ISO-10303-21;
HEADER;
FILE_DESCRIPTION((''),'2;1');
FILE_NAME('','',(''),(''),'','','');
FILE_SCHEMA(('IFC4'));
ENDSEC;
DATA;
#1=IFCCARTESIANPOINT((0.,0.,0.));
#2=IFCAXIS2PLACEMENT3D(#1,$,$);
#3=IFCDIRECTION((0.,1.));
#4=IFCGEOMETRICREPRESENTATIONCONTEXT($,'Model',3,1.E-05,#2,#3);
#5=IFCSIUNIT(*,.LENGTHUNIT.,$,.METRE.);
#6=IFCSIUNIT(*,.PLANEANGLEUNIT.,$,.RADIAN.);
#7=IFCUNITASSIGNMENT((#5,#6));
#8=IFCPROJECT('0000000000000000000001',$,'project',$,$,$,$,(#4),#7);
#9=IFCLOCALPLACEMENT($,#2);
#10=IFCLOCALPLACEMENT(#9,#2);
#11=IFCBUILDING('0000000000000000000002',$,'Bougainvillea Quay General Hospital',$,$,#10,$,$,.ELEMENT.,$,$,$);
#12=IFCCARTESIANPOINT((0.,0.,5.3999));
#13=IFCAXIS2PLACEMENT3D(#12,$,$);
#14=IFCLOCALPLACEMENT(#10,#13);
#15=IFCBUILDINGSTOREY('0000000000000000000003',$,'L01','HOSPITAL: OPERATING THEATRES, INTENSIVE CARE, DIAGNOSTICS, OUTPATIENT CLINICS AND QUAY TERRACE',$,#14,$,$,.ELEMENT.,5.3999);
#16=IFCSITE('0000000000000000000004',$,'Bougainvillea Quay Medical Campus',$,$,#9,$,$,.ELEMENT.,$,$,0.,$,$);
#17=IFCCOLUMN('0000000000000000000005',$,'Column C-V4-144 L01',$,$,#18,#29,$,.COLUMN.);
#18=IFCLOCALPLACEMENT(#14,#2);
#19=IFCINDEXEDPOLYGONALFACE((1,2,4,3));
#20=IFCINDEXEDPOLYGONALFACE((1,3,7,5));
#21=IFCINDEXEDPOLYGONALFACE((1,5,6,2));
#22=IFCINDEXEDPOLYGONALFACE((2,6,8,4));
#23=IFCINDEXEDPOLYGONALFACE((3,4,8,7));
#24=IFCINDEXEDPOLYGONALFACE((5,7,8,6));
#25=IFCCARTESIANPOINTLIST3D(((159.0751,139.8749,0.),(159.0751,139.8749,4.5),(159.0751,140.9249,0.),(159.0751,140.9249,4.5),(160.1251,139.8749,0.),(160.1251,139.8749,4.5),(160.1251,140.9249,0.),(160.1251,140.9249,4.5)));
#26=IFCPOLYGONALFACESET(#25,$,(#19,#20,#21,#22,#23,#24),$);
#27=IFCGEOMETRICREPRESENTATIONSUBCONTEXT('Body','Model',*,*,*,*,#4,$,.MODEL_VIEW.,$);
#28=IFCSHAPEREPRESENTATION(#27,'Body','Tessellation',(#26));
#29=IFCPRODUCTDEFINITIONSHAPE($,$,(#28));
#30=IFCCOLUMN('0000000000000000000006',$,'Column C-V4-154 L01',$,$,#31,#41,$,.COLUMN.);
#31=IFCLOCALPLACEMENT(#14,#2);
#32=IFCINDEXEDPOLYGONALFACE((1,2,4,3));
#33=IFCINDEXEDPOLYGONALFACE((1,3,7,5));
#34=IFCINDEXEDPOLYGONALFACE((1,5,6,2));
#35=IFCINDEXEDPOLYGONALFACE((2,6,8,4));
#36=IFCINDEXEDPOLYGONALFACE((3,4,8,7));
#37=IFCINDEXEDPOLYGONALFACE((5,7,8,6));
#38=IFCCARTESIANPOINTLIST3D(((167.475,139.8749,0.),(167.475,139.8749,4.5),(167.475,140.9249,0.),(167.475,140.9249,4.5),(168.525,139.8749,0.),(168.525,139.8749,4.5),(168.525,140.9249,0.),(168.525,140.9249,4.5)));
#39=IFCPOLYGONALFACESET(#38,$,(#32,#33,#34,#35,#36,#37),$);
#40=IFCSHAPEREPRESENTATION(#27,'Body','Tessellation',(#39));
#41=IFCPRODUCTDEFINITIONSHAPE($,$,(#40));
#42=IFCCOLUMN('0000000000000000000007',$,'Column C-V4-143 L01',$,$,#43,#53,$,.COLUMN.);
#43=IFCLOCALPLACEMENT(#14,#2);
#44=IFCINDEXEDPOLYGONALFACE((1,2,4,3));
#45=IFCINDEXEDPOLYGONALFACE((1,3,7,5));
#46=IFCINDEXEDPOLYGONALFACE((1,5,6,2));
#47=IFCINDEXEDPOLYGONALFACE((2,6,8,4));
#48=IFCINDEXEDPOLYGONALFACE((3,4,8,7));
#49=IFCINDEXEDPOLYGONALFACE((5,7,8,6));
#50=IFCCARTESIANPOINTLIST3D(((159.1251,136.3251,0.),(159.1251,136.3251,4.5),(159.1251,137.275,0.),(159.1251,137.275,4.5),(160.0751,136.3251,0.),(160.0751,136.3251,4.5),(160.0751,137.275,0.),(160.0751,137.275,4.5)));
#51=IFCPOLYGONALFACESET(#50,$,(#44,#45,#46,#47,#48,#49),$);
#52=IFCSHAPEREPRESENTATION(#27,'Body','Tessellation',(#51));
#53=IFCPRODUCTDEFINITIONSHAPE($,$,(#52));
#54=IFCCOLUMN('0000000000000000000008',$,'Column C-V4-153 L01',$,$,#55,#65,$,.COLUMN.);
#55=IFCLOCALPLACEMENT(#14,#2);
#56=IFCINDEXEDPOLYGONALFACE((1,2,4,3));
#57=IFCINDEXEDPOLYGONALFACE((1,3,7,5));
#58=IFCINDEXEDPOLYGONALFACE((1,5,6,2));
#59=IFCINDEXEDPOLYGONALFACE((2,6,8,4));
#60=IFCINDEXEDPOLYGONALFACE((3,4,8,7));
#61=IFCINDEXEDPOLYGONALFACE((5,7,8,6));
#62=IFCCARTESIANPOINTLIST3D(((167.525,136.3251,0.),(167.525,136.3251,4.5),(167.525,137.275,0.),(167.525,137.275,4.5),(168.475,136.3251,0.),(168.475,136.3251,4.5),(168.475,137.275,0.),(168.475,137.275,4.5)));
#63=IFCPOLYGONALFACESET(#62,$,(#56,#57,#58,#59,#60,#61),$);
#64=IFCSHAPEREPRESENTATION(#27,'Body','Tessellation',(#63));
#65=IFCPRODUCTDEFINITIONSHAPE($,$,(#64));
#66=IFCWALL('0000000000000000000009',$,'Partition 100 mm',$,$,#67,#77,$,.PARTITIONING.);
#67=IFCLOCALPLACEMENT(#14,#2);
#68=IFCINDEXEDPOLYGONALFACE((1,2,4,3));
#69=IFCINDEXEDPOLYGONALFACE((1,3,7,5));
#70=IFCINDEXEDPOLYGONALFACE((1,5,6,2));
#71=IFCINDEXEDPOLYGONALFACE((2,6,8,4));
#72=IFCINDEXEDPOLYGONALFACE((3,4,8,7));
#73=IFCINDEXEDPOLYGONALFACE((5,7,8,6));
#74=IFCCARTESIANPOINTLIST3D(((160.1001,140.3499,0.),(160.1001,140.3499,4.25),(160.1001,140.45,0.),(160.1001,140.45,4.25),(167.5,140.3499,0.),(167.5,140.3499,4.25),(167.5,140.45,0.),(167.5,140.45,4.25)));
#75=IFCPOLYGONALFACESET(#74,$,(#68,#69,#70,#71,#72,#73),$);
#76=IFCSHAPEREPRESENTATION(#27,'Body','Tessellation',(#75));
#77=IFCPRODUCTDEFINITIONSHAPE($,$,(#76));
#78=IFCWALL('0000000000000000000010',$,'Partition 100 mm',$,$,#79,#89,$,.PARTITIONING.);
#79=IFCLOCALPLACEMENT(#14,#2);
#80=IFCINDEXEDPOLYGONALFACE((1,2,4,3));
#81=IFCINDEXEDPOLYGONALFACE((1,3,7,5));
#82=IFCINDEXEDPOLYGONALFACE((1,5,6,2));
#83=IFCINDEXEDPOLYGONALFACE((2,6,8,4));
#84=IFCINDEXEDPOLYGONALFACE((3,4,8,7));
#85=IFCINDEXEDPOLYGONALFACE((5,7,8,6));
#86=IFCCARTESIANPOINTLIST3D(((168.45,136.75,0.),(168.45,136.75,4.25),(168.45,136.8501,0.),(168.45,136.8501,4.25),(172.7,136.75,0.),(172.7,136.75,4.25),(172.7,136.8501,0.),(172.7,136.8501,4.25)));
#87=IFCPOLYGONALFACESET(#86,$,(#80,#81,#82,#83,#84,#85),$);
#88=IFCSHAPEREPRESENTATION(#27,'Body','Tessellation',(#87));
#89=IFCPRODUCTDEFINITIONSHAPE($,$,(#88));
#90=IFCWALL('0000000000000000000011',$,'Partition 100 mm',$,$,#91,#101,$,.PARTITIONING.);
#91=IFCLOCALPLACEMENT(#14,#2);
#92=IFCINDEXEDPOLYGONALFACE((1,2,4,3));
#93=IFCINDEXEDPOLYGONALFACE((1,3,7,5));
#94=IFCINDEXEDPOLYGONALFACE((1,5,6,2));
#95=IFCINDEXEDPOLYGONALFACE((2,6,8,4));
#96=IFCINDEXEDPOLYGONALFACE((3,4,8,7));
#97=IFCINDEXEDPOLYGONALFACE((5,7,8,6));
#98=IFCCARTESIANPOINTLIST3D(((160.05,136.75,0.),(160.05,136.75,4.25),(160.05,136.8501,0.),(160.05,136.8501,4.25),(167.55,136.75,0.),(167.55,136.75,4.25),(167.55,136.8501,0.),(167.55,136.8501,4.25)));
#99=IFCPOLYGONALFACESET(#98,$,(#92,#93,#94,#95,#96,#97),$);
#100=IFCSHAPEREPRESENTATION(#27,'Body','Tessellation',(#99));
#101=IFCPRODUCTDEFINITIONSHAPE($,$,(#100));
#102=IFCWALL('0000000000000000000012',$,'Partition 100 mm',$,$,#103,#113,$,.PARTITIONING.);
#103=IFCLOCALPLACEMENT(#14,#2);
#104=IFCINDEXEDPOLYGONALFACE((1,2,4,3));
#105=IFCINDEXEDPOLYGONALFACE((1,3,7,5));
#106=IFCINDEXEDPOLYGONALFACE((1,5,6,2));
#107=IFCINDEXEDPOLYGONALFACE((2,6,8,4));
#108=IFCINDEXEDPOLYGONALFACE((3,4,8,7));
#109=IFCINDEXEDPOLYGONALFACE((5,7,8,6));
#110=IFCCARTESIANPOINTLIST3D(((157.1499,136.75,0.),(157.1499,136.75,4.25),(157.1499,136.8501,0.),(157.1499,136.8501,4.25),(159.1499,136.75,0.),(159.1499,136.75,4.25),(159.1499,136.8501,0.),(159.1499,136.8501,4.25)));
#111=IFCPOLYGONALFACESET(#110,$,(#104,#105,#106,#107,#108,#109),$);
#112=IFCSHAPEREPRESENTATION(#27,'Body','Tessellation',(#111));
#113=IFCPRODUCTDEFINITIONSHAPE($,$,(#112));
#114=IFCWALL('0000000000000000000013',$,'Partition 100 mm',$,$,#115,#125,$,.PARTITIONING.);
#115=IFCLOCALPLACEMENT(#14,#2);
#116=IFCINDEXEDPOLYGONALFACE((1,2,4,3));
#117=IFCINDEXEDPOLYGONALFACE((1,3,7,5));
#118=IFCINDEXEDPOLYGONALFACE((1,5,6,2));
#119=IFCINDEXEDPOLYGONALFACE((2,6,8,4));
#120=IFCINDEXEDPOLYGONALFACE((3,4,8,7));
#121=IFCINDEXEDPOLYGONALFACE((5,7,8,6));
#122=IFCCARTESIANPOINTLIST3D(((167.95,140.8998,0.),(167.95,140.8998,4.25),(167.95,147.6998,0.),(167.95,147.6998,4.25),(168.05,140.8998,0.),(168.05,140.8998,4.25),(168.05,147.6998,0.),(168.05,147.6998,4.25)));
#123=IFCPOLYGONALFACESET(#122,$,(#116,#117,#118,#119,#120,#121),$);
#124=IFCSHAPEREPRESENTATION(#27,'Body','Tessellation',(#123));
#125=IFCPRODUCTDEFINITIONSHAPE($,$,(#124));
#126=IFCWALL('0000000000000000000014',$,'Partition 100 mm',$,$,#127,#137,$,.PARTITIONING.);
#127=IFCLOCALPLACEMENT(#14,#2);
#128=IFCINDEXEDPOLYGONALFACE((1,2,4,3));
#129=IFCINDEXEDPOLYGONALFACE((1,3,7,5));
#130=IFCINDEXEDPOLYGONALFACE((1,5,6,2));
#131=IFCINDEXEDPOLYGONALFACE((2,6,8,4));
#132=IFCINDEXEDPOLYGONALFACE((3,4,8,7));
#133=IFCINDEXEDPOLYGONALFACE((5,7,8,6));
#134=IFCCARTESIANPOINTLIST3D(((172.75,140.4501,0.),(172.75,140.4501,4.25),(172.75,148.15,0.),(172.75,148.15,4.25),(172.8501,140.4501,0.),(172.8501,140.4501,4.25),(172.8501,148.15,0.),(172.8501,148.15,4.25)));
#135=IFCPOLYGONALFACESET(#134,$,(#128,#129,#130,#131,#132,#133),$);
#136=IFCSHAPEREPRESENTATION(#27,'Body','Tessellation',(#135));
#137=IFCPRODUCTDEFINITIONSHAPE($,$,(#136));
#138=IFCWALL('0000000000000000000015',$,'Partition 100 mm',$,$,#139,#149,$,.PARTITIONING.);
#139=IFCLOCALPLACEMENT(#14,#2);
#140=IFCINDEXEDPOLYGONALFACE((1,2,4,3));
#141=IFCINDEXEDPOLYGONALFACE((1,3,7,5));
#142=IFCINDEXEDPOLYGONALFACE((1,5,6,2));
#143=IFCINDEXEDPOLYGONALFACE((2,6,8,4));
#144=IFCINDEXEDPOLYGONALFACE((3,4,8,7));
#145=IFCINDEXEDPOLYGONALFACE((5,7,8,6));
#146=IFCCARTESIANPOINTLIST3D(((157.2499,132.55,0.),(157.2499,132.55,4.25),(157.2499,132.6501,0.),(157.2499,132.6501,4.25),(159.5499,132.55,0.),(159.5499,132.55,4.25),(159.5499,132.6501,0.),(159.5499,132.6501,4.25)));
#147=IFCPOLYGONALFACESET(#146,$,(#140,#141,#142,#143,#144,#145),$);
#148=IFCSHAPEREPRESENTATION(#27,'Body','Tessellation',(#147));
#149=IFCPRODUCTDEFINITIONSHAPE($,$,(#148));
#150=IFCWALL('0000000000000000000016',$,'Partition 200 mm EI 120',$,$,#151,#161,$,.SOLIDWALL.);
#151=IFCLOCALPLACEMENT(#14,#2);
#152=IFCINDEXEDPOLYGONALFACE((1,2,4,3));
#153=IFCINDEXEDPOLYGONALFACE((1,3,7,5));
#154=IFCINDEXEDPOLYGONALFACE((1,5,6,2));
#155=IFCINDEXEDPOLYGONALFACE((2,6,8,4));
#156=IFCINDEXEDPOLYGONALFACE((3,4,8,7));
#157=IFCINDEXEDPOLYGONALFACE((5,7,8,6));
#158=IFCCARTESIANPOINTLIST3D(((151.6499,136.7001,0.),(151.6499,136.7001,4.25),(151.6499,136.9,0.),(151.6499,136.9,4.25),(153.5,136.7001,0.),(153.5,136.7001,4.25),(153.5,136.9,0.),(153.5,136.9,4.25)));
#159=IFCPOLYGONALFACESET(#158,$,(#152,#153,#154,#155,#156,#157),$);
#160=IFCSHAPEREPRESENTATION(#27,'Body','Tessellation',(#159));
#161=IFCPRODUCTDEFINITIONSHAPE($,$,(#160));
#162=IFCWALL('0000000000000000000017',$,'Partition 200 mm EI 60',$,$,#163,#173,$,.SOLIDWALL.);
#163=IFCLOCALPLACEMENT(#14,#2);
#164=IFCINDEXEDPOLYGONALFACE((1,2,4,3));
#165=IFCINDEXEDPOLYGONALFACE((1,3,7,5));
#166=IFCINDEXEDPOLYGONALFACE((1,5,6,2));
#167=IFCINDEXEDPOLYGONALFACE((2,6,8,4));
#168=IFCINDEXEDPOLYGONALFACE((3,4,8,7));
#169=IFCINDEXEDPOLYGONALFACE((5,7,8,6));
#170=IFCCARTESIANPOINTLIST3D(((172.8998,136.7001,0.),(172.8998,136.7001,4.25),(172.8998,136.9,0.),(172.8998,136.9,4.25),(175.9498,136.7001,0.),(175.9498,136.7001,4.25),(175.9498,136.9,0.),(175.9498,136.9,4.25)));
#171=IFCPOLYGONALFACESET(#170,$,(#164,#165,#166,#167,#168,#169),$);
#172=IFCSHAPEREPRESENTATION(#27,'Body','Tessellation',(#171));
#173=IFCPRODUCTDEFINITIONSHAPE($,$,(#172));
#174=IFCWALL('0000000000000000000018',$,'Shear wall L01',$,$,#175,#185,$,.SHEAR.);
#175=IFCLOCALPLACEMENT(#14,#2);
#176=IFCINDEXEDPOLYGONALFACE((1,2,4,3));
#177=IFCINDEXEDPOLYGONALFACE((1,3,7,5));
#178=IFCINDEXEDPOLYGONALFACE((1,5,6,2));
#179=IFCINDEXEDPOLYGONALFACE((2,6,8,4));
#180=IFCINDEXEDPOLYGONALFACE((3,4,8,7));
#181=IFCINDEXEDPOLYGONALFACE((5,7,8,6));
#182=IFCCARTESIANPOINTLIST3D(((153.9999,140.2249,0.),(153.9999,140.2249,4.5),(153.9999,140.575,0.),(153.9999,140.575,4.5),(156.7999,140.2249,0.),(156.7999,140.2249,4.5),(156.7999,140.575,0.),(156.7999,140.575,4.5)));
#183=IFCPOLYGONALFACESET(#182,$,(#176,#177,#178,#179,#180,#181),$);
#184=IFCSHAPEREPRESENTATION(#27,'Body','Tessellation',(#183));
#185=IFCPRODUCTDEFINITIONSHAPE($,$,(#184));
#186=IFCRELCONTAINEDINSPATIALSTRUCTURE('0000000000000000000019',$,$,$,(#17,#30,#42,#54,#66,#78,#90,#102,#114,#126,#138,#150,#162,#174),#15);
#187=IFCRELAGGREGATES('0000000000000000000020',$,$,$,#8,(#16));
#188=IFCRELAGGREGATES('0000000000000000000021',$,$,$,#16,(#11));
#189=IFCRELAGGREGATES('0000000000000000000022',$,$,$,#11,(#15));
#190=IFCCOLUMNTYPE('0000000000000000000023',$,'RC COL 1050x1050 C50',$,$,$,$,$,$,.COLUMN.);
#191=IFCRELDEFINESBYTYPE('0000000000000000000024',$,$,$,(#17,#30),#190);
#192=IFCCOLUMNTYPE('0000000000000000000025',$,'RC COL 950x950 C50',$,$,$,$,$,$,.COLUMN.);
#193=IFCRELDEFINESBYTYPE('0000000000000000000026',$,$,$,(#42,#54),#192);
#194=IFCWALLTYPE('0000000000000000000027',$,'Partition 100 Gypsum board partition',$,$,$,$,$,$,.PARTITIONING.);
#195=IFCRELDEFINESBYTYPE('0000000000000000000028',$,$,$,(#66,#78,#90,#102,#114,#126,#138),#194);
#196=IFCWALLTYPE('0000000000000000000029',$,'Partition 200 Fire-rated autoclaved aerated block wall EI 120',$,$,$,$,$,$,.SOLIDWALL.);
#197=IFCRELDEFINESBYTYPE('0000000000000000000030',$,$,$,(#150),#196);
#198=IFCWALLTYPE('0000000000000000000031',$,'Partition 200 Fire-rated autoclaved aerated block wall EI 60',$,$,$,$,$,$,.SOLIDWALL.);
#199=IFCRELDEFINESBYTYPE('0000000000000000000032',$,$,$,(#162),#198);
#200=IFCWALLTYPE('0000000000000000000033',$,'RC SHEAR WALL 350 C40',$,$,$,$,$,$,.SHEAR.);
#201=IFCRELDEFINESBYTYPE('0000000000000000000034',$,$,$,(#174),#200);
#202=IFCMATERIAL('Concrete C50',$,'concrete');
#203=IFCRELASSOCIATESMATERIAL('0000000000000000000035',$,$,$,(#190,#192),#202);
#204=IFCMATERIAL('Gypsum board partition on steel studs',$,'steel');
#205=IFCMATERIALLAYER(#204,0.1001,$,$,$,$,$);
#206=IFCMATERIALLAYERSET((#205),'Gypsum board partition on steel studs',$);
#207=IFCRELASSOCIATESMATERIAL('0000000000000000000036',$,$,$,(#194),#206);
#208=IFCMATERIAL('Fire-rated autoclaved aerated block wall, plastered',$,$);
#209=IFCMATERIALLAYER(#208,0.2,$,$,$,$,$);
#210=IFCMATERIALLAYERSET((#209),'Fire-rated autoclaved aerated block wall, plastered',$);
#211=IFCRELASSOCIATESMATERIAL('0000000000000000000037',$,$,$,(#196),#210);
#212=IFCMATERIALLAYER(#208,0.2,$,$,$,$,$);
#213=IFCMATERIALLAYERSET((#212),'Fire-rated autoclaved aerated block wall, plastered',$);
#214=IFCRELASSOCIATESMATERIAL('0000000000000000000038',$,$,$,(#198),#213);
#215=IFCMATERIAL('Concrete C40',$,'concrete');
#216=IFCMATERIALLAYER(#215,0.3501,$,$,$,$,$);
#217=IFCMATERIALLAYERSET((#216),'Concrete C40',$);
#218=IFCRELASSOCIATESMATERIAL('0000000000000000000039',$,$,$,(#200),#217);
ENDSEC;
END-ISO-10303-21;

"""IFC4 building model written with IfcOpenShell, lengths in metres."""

from ifc_helpers import new_model, si_unit, direction, frame, frame_2d, origin, origin_2d, place, context, subcontext, project, spatial, rectangle, extrude, material, layer, layer_set, material_profile, profile_set, type_object, element, save


model = new_model("IFC4")

# Units and contexts
model_context = context("Model", 3, precision=1e-05, world=origin(), true_north=direction((0.0, 1.0)))
body_context = subcontext(model_context, "Body", "Model", "MODEL_VIEW")
ifc_project = project(units=[si_unit("LENGTHUNIT", "METRE"), si_unit("PLANEANGLEUNIT", "RADIAN")], contexts=[model_context])

# Site, building, storey
site_placement = place(None, origin())
site = spatial("IfcSite", under=ifc_project, at=site_placement, Name="Bougainvillea Quay Medical Campus", CompositionType="ELEMENT", RefElevation=0.0)
building_placement = place(site_placement, origin())
building = spatial("IfcBuilding", under=site, at=building_placement, Name="Bougainvillea Quay General Hospital", CompositionType="ELEMENT")
storey_placement = place(building_placement, frame((0.0, 0.0, 5.3999)))
storey = spatial("IfcBuildingStorey", under=building, at=storey_placement, Name="L01", Description="HOSPITAL: OPERATING THEATRES, INTENSIVE CARE, DIAGNOSTICS, OUTPATIENT CLINICS AND QUAY TERRACE", CompositionType="ELEMENT", Elevation=5.3999)

# Columns
ifc_material_1 = material(Name="Concrete C50", Category="concrete")
ifc_material_profile_1 = material_profile(ifc_material_1, rectangle(XDim=1.05, YDim=1.05, at=origin_2d()))
ifc_profile_set_1 = profile_set([ifc_material_profile_1], Name="Concrete C50")
column_type_1 = type_object("IfcColumnType", Name="RC COL 1050x1050 C50", PredefinedType="COLUMN", material=ifc_profile_set_1)
for number, where, z_axis, x_axis, name in (
    (1, (159.6001, 140.3999, 0.0), (0.0, 0.0, 1.0), (1.0, 0.0, 0.0), "Column C-V4-144 L01"),
    (2, (168.0, 140.3999, 0.0), (0.0, 0.0, 1.0), (1.0, 0.0, 0.0), "Column C-V4-154 L01"),
):
    element("IfcColumn", number, at=place(storey_placement, frame(where, z_axis=z_axis, x_axis=x_axis)), inside=storey, type_object=column_type_1, Name=name, PredefinedType="COLUMN", context=body_context, shape_type="SweptSolid", body=[
        extrude(rectangle(XDim=1.05, YDim=1.05, at=origin_2d()), origin(), (0.0, 0.0, 1.0), 4.5),
    ])
ifc_material_profile_2 = material_profile(ifc_material_1, rectangle(XDim=0.95, YDim=0.95, at=origin_2d()))
ifc_profile_set_2 = profile_set([ifc_material_profile_2], Name="Concrete C50")
column_type_2 = type_object("IfcColumnType", Name="RC COL 950x950 C50", PredefinedType="COLUMN", material=ifc_profile_set_2)
for number, where, z_axis, x_axis, name in (
    (3, (159.6001, 136.8, 0.0), (0.0, 0.0, 1.0), (1.0, 0.0, 0.0), "Column C-V4-143 L01"),
    (4, (168.0, 136.8, 0.0), (0.0, 0.0, 1.0), (1.0, 0.0, 0.0), "Column C-V4-153 L01"),
):
    element("IfcColumn", number, at=place(storey_placement, frame(where, z_axis=z_axis, x_axis=x_axis)), inside=storey, type_object=column_type_2, Name=name, PredefinedType="COLUMN", context=body_context, shape_type="SweptSolid", body=[
        extrude(rectangle(XDim=0.95, YDim=0.95, at=origin_2d()), origin(), (0.0, 0.0, 1.0), 4.5),
    ])

# Walls
ifc_material_2 = material(Name="Gypsum board partition on steel studs", Category="steel")
ifc_layer_1 = layer(ifc_material_2, 0.1001)
ifc_layer_set_1 = layer_set([ifc_layer_1], Name="Gypsum board partition on steel studs")
wall_type_1 = type_object("IfcWallType", Name="Partition 100 Gypsum board partition", PredefinedType="PARTITIONING", material=ifc_layer_set_1)
wall_1_placement = place(storey_placement, frame((167.5, 140.3999, 0.0), z_axis=(0.0, 0.0, 1.0), x_axis=(-1.0, 0.0, 0.0)))
element("IfcWall", 5, at=wall_1_placement, inside=storey, type_object=wall_type_1, Name="Partition 100 mm", PredefinedType="PARTITIONING", context=body_context, shape_type="SweptSolid", body=[
    extrude(rectangle(XDim=7.3999, YDim=0.1001, at=frame_2d((3.7, 0.0))), origin(), (0.0, 0.0, 1.0), 4.25),
])
wall_2_placement = place(storey_placement, frame((172.7, 136.8, 0.0), z_axis=(0.0, 0.0, 1.0), x_axis=(-1.0, 0.0, 0.0)))
element("IfcWall", 6, at=wall_2_placement, inside=storey, type_object=wall_type_1, Name="Partition 100 mm", PredefinedType="PARTITIONING", context=body_context, shape_type="SweptSolid", body=[
    extrude(rectangle(XDim=4.25, YDim=0.1001, at=frame_2d((2.125, 0.0))), origin(), (0.0, 0.0, 1.0), 4.25),
])
wall_3_placement = place(storey_placement, frame((167.55, 136.8, 0.0), z_axis=(0.0, 0.0, 1.0), x_axis=(-1.0, 0.0, 0.0)))
element("IfcWall", 7, at=wall_3_placement, inside=storey, type_object=wall_type_1, Name="Partition 100 mm", PredefinedType="PARTITIONING", context=body_context, shape_type="SweptSolid", body=[
    extrude(rectangle(XDim=7.5, YDim=0.1001, at=frame_2d((3.75, 0.0))), origin(), (0.0, 0.0, 1.0), 4.25),
])
wall_4_placement = place(storey_placement, frame((159.1499, 136.8, 0.0), z_axis=(0.0, 0.0, 1.0), x_axis=(-1.0, 0.0, 0.0)))
element("IfcWall", 8, at=wall_4_placement, inside=storey, type_object=wall_type_1, Name="Partition 100 mm", PredefinedType="PARTITIONING", context=body_context, shape_type="SweptSolid", body=[
    extrude(rectangle(XDim=2.0, YDim=0.1001, at=frame_2d((1.0, 0.0))), origin(), (0.0, 0.0, 1.0), 4.25),
])
wall_5_placement = place(storey_placement, frame((168.0, 140.8999, 0.0), z_axis=(0.0, 0.0, 1.0), x_axis=(0.0, 1.0, 0.0)))
element("IfcWall", 9, at=wall_5_placement, inside=storey, type_object=wall_type_1, Name="Partition 100 mm", PredefinedType="PARTITIONING", context=body_context, shape_type="SweptSolid", body=[
    extrude(rectangle(XDim=6.8, YDim=0.1001, at=frame_2d((3.3999, 0.0))), origin(), (0.0, 0.0, 1.0), 4.25),
])
wall_6_placement = place(storey_placement, frame((172.8, 140.45, 0.0), z_axis=(0.0, 0.0, 1.0), x_axis=(0.0, 1.0, 0.0)))
element("IfcWall", 10, at=wall_6_placement, inside=storey, type_object=wall_type_1, Name="Partition 100 mm", PredefinedType="PARTITIONING", context=body_context, shape_type="SweptSolid", body=[
    extrude(rectangle(XDim=7.7, YDim=0.1001, at=frame_2d((3.8501, 0.0))), origin(), (0.0, 0.0, 1.0), 4.25),
])
wall_7_placement = place(storey_placement, frame((157.25, 132.6001, 0.0), z_axis=(0.0, 0.0, 1.0), x_axis=(1.0, 0.0, 0.0)))
element("IfcWall", 11, at=wall_7_placement, inside=storey, type_object=wall_type_1, Name="Partition 100 mm", PredefinedType="PARTITIONING", context=body_context, shape_type="SweptSolid", body=[
    extrude(rectangle(XDim=2.3, YDim=0.1001, at=frame_2d((1.1499, 0.0))), origin(), (0.0, 0.0, 1.0), 4.25),
])
ifc_material_3 = material(Name="Fire-rated autoclaved aerated block wall, plastered")
ifc_layer_2 = layer(ifc_material_3, 0.2)
ifc_layer_set_2 = layer_set([ifc_layer_2], Name="Fire-rated autoclaved aerated block wall, plastered")
wall_type_2 = type_object("IfcWallType", Name="Partition 200 Fire-rated autoclaved aerated block wall EI 120", PredefinedType="SOLIDWALL", material=ifc_layer_set_2)
wall_8_placement = place(storey_placement, frame((151.6499, 136.8, 0.0), z_axis=(0.0, 0.0, 1.0), x_axis=(1.0, 0.0, 0.0)))
element("IfcWall", 12, at=wall_8_placement, inside=storey, type_object=wall_type_2, Name="Partition 200 mm EI 120", PredefinedType="SOLIDWALL", context=body_context, shape_type="SweptSolid", body=[
    extrude(rectangle(XDim=1.8501, YDim=0.2, at=frame_2d((0.925, 0.0))), origin(), (0.0, 0.0, 1.0), 4.25),
])
ifc_layer_3 = layer(ifc_material_3, 0.2)
ifc_layer_set_3 = layer_set([ifc_layer_3], Name="Fire-rated autoclaved aerated block wall, plastered")
wall_type_3 = type_object("IfcWallType", Name="Partition 200 Fire-rated autoclaved aerated block wall EI 60", PredefinedType="SOLIDWALL", material=ifc_layer_set_3)
wall_9_placement = place(storey_placement, frame((172.8999, 136.8, 0.0), z_axis=(0.0, 0.0, 1.0), x_axis=(1.0, 0.0, 0.0)))
element("IfcWall", 13, at=wall_9_placement, inside=storey, type_object=wall_type_3, Name="Partition 200 mm EI 60", PredefinedType="SOLIDWALL", context=body_context, shape_type="SweptSolid", body=[
    extrude(rectangle(XDim=3.05, YDim=0.2, at=frame_2d((1.5249, 0.0))), origin(), (0.0, 0.0, 1.0), 4.25),
])
ifc_material_4 = material(Name="Concrete C40", Category="concrete")
ifc_layer_4 = layer(ifc_material_4, 0.3501)
ifc_layer_set_4 = layer_set([ifc_layer_4], Name="Concrete C40")
wall_type_4 = type_object("IfcWallType", Name="RC SHEAR WALL 350 C40", PredefinedType="SHEAR", material=ifc_layer_set_4)
wall_10_placement = place(storey_placement, frame((154.0, 140.3999, 0.0), z_axis=(0.0, 0.0, 1.0), x_axis=(1.0, 0.0, 0.0)))
element("IfcWall", 14, at=wall_10_placement, inside=storey, type_object=wall_type_4, Name="Shear wall L01", PredefinedType="SHEAR", context=body_context, shape_type="SweptSolid", body=[
    extrude(rectangle(XDim=2.8, YDim=0.3501, at=frame_2d((1.3999, 0.0))), origin(), (0.0, 0.0, 1.0), 4.5),
])

save(model, "model.ifc")
